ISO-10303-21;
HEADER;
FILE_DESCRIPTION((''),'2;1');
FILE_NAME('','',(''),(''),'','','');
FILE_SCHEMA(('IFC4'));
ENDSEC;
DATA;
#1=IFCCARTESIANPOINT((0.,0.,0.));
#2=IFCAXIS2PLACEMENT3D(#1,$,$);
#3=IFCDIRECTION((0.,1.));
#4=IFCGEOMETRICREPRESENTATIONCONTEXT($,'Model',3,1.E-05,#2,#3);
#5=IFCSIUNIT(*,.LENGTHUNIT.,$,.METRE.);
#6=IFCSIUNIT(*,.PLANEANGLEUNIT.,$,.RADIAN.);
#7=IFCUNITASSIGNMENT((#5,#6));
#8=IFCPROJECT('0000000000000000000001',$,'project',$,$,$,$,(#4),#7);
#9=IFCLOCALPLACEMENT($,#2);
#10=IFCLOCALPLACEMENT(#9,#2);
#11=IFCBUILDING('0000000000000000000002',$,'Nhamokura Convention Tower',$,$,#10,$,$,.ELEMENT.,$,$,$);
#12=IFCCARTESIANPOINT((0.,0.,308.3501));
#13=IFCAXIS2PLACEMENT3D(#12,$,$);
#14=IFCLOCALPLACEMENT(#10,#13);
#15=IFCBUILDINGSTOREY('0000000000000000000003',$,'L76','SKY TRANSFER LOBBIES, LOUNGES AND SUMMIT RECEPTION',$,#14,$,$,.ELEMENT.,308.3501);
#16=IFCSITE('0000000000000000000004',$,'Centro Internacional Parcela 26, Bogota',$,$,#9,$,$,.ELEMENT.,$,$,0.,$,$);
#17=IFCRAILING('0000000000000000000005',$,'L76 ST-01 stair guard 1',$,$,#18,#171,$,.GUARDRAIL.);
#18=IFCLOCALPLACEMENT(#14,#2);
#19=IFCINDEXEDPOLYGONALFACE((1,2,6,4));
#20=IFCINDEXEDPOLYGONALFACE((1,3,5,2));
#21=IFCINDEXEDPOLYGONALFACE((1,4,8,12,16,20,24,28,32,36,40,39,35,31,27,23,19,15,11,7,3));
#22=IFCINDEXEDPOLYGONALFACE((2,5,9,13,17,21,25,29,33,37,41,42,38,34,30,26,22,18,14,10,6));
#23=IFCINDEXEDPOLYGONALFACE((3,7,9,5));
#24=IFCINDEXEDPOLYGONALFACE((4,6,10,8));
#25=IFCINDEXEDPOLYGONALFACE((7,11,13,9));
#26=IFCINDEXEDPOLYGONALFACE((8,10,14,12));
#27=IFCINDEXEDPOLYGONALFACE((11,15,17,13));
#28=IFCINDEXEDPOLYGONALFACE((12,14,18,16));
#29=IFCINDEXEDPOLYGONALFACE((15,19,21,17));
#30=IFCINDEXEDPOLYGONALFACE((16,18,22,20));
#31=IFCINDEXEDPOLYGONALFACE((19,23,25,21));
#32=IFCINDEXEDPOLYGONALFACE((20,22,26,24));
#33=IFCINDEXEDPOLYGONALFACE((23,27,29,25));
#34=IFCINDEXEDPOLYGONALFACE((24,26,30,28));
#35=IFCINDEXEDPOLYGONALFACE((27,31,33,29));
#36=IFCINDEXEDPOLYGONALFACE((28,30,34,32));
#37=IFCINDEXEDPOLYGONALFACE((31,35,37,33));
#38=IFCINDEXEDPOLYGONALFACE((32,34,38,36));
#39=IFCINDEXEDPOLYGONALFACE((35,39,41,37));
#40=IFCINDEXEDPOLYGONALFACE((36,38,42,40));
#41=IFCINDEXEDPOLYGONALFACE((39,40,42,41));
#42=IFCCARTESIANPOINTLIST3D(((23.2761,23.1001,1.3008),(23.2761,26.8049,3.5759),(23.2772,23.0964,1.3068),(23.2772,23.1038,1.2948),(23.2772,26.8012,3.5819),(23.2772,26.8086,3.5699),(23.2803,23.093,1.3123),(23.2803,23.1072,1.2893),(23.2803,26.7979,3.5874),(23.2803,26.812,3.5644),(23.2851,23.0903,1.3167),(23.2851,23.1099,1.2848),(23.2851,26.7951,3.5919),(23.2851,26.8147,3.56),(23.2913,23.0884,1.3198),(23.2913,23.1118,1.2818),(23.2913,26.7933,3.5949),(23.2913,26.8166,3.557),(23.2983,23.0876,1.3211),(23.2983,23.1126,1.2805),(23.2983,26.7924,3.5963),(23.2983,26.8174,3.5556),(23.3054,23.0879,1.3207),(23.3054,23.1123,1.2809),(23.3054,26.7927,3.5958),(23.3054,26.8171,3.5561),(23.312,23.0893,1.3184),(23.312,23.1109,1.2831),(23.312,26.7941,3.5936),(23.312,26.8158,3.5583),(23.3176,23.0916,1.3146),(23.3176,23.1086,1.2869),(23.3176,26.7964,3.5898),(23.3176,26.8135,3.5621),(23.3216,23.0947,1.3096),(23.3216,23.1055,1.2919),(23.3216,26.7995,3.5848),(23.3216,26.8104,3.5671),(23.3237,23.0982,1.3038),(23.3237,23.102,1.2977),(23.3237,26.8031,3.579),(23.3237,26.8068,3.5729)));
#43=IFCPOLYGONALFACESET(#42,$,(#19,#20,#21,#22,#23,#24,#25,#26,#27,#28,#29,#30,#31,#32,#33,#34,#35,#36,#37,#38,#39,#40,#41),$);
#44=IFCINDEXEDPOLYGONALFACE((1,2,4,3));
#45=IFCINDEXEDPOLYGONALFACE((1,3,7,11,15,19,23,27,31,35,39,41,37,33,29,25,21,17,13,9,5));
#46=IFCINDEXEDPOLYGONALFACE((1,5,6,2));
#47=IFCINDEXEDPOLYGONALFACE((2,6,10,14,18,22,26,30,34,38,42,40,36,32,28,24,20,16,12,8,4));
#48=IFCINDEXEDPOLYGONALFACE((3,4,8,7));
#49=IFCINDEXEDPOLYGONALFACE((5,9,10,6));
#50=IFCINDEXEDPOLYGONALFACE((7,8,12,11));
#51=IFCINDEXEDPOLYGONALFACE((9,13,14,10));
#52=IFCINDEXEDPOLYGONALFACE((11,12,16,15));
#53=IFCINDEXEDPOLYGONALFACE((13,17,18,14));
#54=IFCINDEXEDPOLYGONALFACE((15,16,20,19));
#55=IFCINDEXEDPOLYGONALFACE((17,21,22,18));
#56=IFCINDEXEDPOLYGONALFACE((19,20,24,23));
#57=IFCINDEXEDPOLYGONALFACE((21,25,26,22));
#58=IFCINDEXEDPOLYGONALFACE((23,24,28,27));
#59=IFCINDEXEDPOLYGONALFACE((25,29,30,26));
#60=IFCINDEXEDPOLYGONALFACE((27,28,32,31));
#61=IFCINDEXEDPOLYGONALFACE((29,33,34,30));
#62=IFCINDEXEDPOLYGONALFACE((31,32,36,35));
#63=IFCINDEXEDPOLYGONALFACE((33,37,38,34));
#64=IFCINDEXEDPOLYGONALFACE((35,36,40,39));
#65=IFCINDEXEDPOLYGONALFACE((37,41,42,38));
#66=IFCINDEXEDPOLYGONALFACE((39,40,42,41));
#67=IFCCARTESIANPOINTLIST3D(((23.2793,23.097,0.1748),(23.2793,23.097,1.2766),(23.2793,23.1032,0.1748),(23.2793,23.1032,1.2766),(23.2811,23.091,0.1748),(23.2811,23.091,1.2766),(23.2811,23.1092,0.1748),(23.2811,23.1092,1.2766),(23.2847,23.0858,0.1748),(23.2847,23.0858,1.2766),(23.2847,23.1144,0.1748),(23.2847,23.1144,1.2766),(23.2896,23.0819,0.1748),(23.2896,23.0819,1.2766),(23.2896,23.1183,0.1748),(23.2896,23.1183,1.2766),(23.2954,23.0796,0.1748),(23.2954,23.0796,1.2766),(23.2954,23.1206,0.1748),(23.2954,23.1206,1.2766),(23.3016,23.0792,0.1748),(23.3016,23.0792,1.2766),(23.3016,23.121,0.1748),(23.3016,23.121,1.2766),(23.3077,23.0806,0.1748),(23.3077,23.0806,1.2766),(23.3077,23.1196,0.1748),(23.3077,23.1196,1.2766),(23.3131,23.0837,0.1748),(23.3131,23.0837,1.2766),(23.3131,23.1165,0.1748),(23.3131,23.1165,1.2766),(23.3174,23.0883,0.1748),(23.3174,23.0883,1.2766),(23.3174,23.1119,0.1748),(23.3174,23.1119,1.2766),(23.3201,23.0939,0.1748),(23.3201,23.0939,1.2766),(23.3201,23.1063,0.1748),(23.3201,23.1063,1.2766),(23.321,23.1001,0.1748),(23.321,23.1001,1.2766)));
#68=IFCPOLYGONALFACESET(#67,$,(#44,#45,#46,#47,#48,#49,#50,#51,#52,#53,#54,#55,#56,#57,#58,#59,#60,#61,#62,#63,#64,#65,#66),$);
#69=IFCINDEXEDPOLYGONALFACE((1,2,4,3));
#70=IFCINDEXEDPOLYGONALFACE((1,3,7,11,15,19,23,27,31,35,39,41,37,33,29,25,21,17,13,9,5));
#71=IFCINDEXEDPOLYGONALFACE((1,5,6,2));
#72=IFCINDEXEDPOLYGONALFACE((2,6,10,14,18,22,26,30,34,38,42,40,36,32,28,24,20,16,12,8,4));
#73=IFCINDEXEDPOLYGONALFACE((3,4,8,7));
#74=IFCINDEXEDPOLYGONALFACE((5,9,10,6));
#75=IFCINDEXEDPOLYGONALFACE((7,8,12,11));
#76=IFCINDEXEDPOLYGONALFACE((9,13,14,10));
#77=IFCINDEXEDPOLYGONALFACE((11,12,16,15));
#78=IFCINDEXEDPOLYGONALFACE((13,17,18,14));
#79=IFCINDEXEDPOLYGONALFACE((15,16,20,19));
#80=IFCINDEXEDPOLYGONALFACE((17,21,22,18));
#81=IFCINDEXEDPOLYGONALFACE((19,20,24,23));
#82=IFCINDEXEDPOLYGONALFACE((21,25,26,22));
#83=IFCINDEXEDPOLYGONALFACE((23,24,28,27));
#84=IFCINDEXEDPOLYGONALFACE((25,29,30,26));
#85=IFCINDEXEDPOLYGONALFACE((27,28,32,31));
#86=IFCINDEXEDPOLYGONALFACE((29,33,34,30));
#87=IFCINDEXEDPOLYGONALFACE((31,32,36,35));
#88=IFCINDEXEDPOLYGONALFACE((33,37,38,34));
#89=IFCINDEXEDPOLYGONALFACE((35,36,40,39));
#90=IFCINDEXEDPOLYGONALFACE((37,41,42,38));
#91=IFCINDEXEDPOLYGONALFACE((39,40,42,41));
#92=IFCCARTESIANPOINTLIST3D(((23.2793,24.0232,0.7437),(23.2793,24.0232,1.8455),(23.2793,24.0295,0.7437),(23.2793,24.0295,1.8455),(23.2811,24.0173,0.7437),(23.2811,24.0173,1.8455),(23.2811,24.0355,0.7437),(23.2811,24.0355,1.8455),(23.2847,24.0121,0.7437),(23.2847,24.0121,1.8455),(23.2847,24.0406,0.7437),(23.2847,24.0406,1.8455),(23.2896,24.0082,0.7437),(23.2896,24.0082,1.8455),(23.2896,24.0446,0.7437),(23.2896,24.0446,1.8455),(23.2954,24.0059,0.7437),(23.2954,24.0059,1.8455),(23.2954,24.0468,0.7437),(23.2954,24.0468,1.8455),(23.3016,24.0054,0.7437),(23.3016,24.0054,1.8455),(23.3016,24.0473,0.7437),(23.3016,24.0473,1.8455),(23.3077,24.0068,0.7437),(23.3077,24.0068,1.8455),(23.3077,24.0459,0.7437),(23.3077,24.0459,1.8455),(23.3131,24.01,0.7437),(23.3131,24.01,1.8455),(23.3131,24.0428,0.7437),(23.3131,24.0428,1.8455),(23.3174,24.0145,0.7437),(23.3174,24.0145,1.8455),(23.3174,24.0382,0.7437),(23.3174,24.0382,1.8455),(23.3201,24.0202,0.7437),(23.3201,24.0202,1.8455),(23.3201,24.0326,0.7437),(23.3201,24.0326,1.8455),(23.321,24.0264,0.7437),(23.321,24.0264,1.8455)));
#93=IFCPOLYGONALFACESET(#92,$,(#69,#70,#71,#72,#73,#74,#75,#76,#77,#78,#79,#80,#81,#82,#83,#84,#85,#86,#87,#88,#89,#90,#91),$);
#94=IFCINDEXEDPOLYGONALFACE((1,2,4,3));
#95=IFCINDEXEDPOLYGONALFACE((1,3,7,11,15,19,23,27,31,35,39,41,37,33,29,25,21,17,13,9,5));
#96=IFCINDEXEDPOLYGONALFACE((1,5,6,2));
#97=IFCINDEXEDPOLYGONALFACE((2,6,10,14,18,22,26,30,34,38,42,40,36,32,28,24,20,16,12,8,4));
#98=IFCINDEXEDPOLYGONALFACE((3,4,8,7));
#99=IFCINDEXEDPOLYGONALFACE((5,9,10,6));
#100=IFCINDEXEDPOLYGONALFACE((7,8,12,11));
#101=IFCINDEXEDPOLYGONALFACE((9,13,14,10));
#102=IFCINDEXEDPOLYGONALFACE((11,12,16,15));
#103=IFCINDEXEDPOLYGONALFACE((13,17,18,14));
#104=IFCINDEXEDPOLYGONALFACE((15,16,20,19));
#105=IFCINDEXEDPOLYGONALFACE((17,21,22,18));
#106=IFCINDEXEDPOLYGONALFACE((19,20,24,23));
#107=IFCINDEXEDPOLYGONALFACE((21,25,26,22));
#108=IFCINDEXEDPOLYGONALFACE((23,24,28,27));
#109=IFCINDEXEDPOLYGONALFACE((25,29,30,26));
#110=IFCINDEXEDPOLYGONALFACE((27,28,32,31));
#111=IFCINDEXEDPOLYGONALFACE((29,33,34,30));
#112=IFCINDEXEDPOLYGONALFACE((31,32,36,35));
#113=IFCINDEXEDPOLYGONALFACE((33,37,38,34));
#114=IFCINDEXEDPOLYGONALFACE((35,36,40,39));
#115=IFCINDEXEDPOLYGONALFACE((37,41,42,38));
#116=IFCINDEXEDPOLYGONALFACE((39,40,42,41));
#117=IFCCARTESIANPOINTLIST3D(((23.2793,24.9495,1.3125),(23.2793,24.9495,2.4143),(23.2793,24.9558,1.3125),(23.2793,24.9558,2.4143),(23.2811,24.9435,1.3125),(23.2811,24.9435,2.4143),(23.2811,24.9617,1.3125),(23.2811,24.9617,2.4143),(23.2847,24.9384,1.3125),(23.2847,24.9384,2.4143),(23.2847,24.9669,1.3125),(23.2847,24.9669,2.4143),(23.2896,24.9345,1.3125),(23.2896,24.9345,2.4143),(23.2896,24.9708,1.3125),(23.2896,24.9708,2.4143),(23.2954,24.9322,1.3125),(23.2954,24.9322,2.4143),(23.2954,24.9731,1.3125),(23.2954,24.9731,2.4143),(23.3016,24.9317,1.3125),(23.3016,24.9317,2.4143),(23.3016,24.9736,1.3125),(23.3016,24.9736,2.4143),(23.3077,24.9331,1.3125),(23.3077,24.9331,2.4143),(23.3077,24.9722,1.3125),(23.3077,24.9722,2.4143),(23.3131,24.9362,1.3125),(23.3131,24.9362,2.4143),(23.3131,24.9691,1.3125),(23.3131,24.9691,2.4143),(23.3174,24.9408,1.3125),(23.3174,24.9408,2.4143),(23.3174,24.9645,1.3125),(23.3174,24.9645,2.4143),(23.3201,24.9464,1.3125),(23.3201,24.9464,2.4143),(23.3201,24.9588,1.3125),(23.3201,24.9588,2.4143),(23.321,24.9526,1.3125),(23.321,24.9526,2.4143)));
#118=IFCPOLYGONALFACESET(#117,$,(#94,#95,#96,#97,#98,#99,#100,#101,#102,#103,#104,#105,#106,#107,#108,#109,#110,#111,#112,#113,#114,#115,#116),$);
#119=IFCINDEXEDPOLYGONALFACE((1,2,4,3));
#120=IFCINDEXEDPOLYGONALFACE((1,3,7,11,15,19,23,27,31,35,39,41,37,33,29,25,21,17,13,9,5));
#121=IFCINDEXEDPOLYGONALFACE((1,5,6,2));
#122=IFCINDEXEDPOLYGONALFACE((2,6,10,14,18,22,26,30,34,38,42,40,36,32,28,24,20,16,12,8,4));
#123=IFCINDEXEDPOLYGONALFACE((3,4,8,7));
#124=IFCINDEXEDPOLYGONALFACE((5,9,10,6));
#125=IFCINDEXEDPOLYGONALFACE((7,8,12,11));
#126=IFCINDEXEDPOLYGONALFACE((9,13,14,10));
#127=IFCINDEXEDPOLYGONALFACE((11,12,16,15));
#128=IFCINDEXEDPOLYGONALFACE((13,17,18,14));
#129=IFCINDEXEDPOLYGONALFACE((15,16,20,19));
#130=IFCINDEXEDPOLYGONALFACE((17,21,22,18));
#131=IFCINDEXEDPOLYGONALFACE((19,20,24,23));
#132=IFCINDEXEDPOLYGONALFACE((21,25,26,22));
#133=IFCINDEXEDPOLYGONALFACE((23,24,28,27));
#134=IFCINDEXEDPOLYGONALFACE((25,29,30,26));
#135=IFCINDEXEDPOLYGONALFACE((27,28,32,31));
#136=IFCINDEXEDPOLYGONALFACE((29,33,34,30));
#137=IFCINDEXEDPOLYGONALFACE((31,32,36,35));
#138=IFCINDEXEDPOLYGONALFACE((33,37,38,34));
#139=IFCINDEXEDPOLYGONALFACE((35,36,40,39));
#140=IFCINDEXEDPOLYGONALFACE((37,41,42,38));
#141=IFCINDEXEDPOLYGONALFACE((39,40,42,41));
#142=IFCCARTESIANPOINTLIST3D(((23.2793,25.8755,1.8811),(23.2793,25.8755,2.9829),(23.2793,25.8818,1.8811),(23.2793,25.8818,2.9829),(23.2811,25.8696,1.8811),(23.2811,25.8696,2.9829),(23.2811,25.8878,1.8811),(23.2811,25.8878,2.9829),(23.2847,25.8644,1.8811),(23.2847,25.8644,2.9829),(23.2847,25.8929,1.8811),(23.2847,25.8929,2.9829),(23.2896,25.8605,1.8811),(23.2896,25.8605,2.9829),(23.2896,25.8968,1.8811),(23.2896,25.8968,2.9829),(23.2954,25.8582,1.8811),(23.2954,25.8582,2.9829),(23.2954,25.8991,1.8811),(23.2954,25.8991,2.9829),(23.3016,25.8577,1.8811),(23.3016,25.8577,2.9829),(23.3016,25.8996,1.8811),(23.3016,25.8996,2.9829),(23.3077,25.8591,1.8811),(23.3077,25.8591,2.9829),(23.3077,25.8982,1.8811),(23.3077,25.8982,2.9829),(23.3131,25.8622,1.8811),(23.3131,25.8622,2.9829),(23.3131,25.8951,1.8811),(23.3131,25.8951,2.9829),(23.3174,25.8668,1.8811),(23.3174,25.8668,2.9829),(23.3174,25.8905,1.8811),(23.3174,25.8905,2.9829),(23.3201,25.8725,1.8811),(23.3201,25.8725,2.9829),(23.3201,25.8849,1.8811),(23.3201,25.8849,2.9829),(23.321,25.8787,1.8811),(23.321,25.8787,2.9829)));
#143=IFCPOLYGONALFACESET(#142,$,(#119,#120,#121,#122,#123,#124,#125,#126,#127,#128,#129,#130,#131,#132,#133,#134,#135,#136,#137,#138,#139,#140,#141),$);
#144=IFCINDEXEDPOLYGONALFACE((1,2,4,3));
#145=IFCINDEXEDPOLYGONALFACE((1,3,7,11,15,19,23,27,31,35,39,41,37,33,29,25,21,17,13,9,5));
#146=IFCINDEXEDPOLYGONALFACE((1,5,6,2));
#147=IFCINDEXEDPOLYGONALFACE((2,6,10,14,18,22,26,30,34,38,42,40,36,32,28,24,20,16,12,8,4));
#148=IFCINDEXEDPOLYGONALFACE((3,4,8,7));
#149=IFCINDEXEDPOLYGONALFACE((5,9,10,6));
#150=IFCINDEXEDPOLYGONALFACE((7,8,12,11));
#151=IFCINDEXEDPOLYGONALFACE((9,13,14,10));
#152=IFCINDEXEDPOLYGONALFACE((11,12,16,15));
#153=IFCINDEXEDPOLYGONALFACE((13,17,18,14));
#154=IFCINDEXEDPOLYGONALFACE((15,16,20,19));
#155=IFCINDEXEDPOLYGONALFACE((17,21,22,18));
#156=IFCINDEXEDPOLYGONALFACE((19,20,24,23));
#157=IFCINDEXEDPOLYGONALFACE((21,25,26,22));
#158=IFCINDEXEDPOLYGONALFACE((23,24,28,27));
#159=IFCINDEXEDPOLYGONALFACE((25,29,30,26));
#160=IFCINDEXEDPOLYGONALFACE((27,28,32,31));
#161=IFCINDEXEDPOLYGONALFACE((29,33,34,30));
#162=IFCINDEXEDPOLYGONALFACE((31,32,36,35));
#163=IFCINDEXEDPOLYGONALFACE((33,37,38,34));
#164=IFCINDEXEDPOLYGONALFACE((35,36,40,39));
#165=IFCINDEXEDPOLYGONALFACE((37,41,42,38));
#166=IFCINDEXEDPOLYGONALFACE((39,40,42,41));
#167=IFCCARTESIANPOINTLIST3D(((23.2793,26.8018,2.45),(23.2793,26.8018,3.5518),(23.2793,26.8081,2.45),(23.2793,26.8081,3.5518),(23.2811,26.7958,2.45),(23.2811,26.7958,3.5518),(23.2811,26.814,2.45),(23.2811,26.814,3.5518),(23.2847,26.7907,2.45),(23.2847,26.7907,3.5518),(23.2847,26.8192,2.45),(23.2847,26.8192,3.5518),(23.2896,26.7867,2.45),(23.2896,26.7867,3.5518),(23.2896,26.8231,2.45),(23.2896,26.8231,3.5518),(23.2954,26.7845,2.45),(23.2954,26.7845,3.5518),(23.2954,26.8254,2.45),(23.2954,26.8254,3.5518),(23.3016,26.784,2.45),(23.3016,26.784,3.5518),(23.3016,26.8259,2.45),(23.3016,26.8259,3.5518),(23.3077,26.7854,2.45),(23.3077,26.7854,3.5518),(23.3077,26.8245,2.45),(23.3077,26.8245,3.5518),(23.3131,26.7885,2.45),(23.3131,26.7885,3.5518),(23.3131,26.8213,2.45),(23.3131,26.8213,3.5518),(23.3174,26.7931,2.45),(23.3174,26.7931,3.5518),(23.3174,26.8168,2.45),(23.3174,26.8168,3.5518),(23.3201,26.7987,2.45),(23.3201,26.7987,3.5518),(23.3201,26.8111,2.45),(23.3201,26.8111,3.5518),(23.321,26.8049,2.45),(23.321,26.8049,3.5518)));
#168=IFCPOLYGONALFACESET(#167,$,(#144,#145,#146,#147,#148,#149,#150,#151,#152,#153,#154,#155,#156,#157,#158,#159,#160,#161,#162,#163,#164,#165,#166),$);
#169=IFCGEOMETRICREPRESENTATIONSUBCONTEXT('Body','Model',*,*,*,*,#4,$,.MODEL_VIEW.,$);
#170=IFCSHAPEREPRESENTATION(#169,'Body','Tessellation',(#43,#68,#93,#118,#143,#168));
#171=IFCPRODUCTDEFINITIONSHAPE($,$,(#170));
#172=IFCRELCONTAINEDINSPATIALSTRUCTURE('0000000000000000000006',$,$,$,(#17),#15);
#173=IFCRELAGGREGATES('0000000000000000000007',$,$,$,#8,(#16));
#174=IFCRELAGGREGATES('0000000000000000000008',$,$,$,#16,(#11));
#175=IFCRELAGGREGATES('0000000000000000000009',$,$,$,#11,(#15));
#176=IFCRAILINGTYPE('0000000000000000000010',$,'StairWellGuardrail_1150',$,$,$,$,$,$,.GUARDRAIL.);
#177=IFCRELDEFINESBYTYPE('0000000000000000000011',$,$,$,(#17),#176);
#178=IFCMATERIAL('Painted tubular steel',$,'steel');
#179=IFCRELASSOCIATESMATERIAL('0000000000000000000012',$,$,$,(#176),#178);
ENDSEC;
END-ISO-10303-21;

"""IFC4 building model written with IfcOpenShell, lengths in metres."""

from ifc_helpers import new_model, si_unit, direction, frame, origin, origin_2d, place, context, subcontext, project, spatial, circle, extrude, material, type_object, element, save


model = new_model("IFC4")

# Units and contexts
model_context = context("Model", 3, precision=1e-05, world=origin(), true_north=direction((0.0, 1.0)))
body_context = subcontext(model_context, "Body", "Model", "MODEL_VIEW")
ifc_project = project(units=[si_unit("LENGTHUNIT", "METRE"), si_unit("PLANEANGLEUNIT", "RADIAN")], contexts=[model_context])

# Site, building, storey
site_placement = place(None, origin())
site = spatial("IfcSite", under=ifc_project, at=site_placement, Name="Centro Internacional Parcela 26, Bogota", CompositionType="ELEMENT", RefElevation=0.0)
building_placement = place(site_placement, origin())
building = spatial("IfcBuilding", under=site, at=building_placement, Name="Nhamokura Convention Tower", CompositionType="ELEMENT")
storey_placement = place(building_placement, frame((0.0, 0.0, 308.3501)))
storey = spatial("IfcBuildingStorey", under=building, at=storey_placement, Name="L76", Description="SKY TRANSFER LOBBIES, LOUNGES AND SUMMIT RECEPTION", CompositionType="ELEMENT", Elevation=308.3501)

# Railing
ifc_material_1 = material(Name="Painted tubular steel", Category="steel")
railing_type_1 = type_object("IfcRailingType", Name="StairWellGuardrail_1150", PredefinedType="GUARDRAIL", material=ifc_material_1)
railing_1_placement = place(storey_placement, frame((23.3, 23.1001, 0.1748)))
element("IfcRailing", 1, at=railing_1_placement, inside=storey, type_object=railing_type_1, Name="L76 ST-01 stair guard 1", PredefinedType="GUARDRAIL", context=body_context, shape_type="SweptSolid", body=[
    extrude(circle(Radius=0.0239, at=origin_2d()), frame((0.0, 0.0, 1.126), z_axis=(0.0, 0.852146, 0.523305), x_axis=(-1.0, 0.0, 0.0)), (0.0, 0.0, 1.0), 4.3477),
    extrude(circle(Radius=0.021, at=origin_2d()), origin(), (0.0, 0.0, 1.0), 1.1018),
    extrude(circle(Radius=0.021, at=origin_2d()), frame((0.0, 0.9263, 0.5688)), (0.0, 0.0, 1.0), 1.1018),
    extrude(circle(Radius=0.021, at=origin_2d()), frame((0.0, 1.8525, 1.1377)), (0.0, 0.0, 1.0), 1.1018),
    extrude(circle(Radius=0.021, at=origin_2d()), frame((0.0, 2.7786, 1.7063)), (0.0, 0.0, 1.0), 1.1018),
    extrude(circle(Radius=0.021, at=origin_2d()), frame((0.0, 3.7048, 2.2751)), (0.0, 0.0, 1.0), 1.1018),
])

save(model, "model.ifc")
